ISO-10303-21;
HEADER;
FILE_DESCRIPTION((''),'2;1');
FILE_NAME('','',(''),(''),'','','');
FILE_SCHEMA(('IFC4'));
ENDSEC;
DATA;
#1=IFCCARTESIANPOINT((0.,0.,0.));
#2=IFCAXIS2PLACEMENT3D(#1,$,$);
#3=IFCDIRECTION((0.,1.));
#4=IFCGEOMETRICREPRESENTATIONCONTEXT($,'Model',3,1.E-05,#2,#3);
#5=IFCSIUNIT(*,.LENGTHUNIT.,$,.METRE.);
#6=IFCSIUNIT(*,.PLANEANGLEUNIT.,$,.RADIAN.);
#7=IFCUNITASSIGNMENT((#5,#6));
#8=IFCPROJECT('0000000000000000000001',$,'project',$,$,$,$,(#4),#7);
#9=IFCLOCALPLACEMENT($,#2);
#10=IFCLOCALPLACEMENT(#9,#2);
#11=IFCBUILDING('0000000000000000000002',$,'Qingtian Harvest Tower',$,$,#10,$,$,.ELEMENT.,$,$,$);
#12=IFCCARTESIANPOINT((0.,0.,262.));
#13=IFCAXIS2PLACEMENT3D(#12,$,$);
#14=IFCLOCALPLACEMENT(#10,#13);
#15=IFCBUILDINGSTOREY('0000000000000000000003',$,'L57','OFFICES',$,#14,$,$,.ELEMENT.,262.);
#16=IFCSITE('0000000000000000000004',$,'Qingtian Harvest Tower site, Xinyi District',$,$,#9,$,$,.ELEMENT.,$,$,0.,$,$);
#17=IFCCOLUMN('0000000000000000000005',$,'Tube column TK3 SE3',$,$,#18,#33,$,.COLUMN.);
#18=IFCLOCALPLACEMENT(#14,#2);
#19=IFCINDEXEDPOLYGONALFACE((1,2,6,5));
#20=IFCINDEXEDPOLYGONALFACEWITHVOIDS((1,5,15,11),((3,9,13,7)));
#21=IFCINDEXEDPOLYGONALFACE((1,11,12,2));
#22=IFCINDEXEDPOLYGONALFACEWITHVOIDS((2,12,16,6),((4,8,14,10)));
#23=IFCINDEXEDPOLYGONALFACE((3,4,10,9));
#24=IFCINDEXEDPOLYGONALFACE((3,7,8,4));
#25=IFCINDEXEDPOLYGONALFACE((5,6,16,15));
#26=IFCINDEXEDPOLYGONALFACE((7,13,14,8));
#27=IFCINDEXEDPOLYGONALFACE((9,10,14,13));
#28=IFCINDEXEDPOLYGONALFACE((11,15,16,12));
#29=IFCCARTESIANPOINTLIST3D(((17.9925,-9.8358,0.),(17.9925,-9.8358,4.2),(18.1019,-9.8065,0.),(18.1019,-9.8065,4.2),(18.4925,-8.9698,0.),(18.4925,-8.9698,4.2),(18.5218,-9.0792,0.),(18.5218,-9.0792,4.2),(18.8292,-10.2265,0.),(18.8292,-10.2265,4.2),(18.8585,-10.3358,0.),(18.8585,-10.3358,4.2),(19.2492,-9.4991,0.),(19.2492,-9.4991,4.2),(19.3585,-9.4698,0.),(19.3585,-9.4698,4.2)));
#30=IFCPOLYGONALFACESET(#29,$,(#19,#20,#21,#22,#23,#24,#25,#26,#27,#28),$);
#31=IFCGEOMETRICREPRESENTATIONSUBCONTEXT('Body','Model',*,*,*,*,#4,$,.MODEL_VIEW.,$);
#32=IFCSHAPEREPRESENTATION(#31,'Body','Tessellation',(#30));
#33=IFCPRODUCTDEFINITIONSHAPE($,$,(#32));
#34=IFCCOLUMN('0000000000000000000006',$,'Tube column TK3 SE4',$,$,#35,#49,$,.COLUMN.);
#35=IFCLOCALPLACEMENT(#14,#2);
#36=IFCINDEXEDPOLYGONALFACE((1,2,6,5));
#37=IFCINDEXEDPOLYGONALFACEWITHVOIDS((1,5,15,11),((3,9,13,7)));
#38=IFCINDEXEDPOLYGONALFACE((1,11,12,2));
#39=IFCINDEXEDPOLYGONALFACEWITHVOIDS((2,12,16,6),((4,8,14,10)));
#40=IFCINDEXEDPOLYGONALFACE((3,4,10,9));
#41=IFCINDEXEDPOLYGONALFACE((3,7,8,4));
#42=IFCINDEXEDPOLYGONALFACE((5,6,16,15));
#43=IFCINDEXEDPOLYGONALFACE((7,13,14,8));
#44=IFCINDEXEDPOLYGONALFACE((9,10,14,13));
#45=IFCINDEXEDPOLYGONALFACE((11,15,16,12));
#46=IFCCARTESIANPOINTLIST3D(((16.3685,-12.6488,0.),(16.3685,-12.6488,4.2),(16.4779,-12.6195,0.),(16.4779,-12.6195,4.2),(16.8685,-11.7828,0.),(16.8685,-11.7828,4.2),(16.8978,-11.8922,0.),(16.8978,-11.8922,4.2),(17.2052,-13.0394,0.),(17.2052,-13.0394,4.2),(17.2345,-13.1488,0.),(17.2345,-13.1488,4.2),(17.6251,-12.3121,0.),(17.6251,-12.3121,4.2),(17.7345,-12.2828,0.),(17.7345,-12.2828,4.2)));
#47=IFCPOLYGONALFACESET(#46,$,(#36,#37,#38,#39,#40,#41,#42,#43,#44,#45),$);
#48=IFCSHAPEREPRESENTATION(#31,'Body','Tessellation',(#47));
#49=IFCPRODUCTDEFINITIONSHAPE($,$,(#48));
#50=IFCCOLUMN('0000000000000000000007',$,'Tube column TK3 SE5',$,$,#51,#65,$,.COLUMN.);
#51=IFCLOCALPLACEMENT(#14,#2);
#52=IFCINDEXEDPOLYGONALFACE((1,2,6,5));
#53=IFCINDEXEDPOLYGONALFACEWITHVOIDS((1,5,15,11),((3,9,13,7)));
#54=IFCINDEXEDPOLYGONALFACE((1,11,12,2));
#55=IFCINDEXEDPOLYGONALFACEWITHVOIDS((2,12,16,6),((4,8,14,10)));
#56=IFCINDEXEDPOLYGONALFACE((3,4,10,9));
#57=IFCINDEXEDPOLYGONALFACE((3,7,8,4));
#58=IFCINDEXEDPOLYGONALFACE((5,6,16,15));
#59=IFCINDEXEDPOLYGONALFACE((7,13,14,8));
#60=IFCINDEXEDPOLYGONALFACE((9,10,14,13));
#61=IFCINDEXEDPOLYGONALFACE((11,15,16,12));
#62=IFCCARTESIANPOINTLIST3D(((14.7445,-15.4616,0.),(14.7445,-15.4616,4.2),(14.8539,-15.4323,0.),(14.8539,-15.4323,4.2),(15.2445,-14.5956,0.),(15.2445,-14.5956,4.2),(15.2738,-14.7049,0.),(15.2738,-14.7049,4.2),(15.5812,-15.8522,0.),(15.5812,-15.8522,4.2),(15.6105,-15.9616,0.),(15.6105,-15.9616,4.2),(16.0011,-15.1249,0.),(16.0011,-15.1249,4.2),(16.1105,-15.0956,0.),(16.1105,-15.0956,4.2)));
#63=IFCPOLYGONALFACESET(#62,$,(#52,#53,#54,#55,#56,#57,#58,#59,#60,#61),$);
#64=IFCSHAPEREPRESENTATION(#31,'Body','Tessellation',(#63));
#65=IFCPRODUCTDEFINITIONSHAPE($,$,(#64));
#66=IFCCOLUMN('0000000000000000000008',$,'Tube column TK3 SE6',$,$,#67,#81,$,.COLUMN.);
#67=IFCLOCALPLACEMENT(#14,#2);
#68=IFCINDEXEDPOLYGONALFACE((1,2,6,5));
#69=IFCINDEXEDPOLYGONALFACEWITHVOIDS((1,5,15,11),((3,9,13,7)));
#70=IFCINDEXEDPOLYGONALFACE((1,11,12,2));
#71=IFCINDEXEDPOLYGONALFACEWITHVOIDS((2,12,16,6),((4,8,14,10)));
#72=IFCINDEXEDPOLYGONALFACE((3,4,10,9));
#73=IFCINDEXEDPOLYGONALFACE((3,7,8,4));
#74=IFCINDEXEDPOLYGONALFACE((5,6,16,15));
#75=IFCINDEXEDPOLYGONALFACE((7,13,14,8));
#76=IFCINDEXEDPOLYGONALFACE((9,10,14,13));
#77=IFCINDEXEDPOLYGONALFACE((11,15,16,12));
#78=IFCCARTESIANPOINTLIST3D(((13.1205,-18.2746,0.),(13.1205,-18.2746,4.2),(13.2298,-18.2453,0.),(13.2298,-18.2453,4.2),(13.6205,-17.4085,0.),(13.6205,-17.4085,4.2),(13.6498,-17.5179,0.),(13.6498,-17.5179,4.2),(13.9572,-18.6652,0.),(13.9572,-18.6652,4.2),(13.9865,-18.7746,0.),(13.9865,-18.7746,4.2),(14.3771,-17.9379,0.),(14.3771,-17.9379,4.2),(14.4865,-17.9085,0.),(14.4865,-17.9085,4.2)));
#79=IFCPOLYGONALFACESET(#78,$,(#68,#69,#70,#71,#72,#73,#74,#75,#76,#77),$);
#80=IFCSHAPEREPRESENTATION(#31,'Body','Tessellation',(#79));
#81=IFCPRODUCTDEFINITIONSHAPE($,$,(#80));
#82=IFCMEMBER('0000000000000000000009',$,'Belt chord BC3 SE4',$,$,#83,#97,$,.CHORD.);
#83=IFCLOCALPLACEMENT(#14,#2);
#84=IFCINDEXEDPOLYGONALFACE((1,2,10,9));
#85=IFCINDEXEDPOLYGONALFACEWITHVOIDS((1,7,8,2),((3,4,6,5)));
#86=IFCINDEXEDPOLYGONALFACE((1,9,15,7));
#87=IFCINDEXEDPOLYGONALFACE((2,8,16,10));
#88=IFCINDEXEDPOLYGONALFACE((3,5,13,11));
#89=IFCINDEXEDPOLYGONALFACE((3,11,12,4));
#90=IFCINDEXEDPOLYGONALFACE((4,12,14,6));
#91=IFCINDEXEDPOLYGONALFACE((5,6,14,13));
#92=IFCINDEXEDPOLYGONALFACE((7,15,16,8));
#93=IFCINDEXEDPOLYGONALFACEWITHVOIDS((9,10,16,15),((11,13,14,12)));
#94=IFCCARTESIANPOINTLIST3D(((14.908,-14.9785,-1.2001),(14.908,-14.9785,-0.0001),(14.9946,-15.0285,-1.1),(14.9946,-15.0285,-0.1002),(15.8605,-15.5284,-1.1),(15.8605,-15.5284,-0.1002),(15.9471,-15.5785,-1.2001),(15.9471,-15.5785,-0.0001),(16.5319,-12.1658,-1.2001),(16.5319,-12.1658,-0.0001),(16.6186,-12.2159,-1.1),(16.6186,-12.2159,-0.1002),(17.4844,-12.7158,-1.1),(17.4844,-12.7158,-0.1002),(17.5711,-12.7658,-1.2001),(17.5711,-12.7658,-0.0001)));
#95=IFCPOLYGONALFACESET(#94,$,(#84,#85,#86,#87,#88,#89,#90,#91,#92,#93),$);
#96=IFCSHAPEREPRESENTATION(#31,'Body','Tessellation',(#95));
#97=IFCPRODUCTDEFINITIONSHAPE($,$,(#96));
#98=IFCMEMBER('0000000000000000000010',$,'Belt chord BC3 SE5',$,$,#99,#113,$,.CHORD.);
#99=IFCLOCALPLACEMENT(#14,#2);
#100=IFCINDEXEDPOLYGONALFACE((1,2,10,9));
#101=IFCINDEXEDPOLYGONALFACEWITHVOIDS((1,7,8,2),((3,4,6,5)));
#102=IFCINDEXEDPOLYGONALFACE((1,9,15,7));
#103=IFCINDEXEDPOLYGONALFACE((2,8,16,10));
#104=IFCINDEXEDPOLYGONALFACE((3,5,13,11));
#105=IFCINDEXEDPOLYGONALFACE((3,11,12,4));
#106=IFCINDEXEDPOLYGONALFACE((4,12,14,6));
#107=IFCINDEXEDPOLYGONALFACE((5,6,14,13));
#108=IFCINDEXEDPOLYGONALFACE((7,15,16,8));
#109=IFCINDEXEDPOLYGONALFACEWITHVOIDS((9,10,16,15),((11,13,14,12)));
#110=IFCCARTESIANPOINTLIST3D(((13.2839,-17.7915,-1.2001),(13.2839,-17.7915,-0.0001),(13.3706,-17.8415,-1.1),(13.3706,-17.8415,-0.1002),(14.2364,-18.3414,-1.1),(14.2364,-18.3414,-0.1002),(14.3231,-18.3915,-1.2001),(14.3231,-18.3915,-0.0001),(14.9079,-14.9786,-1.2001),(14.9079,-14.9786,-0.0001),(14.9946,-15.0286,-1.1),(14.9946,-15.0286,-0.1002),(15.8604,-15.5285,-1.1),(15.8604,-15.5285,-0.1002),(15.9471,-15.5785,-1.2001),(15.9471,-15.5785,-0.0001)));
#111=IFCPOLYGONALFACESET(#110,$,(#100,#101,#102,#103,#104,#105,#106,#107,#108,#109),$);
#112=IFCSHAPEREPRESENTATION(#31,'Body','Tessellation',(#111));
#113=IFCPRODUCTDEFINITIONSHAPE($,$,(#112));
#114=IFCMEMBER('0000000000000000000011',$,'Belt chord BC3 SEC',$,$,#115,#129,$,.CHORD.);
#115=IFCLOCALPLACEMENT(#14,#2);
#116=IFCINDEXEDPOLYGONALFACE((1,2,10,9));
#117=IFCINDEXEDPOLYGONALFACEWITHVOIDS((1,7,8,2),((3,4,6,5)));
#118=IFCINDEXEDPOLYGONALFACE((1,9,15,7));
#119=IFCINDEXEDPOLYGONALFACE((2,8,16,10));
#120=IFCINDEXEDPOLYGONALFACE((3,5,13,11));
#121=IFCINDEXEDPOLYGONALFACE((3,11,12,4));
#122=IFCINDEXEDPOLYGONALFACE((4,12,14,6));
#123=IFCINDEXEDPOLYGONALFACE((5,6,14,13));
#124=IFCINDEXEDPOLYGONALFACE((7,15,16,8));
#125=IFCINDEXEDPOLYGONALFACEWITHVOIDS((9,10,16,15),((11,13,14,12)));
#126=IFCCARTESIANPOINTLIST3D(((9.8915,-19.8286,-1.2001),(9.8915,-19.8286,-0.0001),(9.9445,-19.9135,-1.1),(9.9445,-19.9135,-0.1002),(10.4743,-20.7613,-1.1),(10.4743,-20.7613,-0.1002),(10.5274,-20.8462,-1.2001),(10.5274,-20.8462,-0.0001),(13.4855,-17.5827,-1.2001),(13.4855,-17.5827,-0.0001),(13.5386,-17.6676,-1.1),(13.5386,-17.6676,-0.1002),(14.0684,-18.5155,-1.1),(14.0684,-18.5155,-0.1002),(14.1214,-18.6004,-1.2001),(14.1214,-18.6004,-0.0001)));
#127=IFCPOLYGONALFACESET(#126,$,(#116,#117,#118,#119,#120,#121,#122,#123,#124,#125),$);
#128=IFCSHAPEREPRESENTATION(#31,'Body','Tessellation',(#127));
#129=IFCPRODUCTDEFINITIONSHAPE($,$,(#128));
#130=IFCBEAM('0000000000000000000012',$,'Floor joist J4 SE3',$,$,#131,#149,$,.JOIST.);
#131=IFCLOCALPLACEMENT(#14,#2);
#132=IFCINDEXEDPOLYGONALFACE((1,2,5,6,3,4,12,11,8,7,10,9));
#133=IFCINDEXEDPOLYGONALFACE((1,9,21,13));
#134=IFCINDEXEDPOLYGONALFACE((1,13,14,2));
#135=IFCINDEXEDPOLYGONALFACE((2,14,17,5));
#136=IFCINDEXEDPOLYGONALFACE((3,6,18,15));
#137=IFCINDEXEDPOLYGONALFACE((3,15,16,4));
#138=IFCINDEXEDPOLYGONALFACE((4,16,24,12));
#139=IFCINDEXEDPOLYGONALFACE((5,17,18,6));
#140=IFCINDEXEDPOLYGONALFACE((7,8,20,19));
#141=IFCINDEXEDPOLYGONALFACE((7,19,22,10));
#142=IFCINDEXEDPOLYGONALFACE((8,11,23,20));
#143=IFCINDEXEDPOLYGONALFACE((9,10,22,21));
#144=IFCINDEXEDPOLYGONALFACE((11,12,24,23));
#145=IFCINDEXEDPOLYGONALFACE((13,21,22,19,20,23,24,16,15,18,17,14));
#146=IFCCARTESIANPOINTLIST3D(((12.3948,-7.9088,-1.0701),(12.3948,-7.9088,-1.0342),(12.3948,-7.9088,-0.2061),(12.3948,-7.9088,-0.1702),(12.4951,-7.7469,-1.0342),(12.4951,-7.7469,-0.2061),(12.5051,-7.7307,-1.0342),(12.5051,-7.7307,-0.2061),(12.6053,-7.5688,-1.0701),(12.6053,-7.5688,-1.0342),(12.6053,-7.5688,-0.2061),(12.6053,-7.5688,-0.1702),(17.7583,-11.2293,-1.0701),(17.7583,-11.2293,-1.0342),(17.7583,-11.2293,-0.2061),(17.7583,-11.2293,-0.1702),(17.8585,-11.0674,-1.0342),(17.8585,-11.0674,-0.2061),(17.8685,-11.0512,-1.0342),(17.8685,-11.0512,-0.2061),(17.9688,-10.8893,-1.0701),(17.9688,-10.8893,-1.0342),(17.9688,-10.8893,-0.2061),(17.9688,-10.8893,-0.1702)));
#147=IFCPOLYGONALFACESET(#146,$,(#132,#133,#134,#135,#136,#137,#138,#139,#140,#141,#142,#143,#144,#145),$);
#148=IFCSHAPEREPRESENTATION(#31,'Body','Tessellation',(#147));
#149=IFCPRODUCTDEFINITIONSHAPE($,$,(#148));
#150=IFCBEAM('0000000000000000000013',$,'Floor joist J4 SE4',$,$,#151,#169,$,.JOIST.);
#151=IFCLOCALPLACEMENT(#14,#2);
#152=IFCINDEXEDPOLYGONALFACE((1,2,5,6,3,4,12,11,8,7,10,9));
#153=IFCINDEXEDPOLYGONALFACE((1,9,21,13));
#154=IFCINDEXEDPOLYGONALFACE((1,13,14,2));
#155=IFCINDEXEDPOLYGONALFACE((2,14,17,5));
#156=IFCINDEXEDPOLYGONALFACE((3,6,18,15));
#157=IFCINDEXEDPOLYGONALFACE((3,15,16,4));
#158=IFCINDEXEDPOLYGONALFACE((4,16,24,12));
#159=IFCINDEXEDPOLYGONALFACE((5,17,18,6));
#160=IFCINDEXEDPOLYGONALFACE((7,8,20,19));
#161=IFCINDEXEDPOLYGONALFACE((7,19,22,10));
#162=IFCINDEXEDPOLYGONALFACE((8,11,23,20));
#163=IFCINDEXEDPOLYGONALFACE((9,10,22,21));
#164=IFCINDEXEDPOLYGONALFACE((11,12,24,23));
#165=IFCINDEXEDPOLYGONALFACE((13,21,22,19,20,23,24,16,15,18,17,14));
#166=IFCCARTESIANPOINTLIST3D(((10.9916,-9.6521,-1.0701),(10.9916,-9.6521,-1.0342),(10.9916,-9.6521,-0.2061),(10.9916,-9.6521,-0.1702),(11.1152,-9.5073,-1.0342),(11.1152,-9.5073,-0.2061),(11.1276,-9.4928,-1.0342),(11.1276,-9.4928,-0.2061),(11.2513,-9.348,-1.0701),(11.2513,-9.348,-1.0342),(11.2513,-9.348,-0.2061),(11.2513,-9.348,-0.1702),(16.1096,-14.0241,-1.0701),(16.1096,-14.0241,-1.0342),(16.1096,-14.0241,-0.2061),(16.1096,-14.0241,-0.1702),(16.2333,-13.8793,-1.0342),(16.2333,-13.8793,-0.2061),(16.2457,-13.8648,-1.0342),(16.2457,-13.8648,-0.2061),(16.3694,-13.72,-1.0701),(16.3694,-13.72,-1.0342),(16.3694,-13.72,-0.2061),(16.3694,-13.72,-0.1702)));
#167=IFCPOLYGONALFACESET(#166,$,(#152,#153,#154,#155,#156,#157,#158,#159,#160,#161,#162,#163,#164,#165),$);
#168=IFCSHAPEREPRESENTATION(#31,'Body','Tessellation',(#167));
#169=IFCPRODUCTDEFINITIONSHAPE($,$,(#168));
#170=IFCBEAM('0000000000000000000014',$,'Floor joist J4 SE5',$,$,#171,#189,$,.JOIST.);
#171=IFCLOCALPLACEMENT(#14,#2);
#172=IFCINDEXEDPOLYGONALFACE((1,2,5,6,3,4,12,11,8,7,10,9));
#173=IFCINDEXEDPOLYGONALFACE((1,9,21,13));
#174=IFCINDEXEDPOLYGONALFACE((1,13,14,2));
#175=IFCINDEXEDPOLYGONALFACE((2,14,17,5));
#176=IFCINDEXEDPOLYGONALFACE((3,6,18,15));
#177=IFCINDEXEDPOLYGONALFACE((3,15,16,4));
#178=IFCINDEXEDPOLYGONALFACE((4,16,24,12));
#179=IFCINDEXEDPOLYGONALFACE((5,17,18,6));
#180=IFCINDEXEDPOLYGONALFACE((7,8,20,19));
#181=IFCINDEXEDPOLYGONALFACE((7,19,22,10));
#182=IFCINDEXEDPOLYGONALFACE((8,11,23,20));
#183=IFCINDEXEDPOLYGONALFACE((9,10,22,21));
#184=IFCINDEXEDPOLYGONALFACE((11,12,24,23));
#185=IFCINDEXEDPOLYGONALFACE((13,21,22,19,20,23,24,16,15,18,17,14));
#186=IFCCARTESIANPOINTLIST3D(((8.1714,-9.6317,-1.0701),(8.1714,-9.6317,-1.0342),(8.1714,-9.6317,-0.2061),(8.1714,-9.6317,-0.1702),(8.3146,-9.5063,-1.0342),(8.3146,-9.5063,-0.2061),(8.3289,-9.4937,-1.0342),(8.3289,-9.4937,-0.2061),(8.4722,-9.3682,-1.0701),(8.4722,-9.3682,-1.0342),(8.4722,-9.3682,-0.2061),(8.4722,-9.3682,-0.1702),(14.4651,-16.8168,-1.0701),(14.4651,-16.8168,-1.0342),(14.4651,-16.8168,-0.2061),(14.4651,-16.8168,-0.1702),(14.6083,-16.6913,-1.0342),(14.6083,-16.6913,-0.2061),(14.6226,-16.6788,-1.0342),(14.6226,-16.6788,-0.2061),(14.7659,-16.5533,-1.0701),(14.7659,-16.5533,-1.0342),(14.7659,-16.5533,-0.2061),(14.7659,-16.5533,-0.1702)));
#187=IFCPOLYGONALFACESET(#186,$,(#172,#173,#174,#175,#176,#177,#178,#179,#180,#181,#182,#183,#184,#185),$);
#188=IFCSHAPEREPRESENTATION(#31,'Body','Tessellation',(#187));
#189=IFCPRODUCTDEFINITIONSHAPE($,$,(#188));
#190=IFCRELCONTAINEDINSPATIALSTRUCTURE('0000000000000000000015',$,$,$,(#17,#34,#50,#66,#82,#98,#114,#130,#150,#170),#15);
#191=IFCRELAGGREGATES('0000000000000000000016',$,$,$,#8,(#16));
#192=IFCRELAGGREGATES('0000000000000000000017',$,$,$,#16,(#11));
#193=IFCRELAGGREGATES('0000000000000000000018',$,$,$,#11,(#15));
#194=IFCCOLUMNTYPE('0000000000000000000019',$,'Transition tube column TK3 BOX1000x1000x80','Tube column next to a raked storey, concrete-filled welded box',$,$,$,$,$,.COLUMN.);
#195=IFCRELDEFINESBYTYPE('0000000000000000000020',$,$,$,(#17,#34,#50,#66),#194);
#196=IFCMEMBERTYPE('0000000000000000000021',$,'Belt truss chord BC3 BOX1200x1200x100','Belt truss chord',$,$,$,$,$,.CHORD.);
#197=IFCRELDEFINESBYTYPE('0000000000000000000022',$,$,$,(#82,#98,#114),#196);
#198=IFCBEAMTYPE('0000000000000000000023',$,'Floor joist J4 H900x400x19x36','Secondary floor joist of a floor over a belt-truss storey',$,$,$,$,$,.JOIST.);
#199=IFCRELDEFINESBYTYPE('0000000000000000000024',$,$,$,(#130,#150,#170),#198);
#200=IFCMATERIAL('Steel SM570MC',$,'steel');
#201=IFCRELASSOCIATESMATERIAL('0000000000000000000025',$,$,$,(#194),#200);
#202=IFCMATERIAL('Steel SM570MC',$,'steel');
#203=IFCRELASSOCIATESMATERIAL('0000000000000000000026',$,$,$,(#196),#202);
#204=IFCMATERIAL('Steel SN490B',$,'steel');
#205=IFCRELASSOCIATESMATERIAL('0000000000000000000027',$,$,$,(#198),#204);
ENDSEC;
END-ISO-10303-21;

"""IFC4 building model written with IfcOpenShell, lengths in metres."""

from ifc_helpers import new_model, si_unit, direction, frame, origin, origin_2d, place, context, subcontext, project, spatial, hollow_rectangle, i_section, extrude, material, material_profile, profile_set, type_object, element, save


model = new_model("IFC4")

# Units and contexts
model_context = context("Model", 3, precision=1e-05, world=origin(), true_north=direction((0.0, 1.0)))
body_context = subcontext(model_context, "Body", "Model", "MODEL_VIEW")
ifc_project = project(units=[si_unit("LENGTHUNIT", "METRE"), si_unit("PLANEANGLEUNIT", "RADIAN")], contexts=[model_context])

# Site, building, storey
site_placement = place(None, origin())
site = spatial("IfcSite", under=ifc_project, at=site_placement, Name="Qingtian Harvest Tower site, Xinyi District", CompositionType="ELEMENT", RefElevation=0.0)
building_placement = place(site_placement, origin())
building = spatial("IfcBuilding", under=site, at=building_placement, Name="Qingtian Harvest Tower", CompositionType="ELEMENT")
storey_placement = place(building_placement, frame((0.0, 0.0, 262.0)))
storey = spatial("IfcBuildingStorey", under=building, at=storey_placement, Name="L57", Description="OFFICES", CompositionType="ELEMENT", Elevation=262.0)

# Columns
ifc_material_1 = material(Name="Steel SM570MC", Category="steel")
ifc_material_profile_1 = material_profile(ifc_material_1, hollow_rectangle(XDim=1.0, YDim=1.0, WallThickness=0.0801, at=origin_2d()), Name="BOX1000x1000x80")
ifc_profile_set_1 = profile_set([ifc_material_profile_1], Name="Steel SM570MC")
column_type = type_object("IfcColumnType", Name="Transition tube column TK3 BOX1000x1000x80", Description="Tube column next to a raked storey, concrete-filled welded box", PredefinedType="COLUMN", material=ifc_profile_set_1)
for number, where, z_axis, x_axis, name in (
    (1, (18.6755, -9.6528, 0.0), (0.0, 0.0, 1.0), (0.5, 0.866025, 0.0), "Tube column TK3 SE3"),
    (2, (17.0515, -12.4658, 0.0), (0.0, 0.0, 1.0), (0.5, 0.866025, 0.0), "Tube column TK3 SE4"),
    (3, (15.4275, -15.2786, 0.0), (0.0, 0.0, 1.0), (0.5, 0.866025, 0.0), "Tube column TK3 SE5"),
    (4, (13.8035, -18.0916, 0.0), (0.0, 0.0, 1.0), (0.5, 0.866025, 0.0), "Tube column TK3 SE6"),
):
    element("IfcColumn", number, at=place(storey_placement, frame(where, z_axis=z_axis, x_axis=x_axis)), inside=storey, type_object=column_type, Name=name, PredefinedType="COLUMN", context=body_context, shape_type="SweptSolid", body=[
        extrude(hollow_rectangle(XDim=1.0, YDim=1.0, WallThickness=0.0801, at=origin_2d()), origin(), (0.0, 0.0, 1.0), 4.2),
    ])

# Members
ifc_material_2 = material(Name="Steel SM570MC", Category="steel")
ifc_material_profile_2 = material_profile(ifc_material_2, hollow_rectangle(XDim=1.2, YDim=1.2, WallThickness=0.1001, at=origin_2d()), Name="BOX1200x1200x100")
ifc_profile_set_2 = profile_set([ifc_material_profile_2], Name="Steel SM570MC")
member_type_1 = type_object("IfcMemberType", Name="Belt truss chord BC3 BOX1200x1200x100", Description="Belt truss chord", PredefinedType="CHORD", material=ifc_profile_set_2)
member_1_placement = place(storey_placement, frame((17.0515, -12.4658, -0.6001), z_axis=(-0.50002, -0.866014, 0.0), x_axis=(0.866014, -0.50002, 0.0)))
element("IfcMember", 5, at=member_1_placement, inside=storey, type_object=member_type_1, Name="Belt chord BC3 SE4", PredefinedType="CHORD", context=body_context, shape_type="SweptSolid", body=[
    extrude(hollow_rectangle(XDim=1.2, YDim=1.2, WallThickness=0.1001, at=origin_2d()), origin(), (0.0, 0.0, 1.0), 3.2478),
])
member_2_placement = place(storey_placement, frame((15.4275, -15.2786, -0.6001), z_axis=(-0.499987, -0.866033, 0.0), x_axis=(0.866033, -0.499987, 0.0)))
element("IfcMember", 6, at=member_2_placement, inside=storey, type_object=member_type_1, Name="Belt chord BC3 SE5", PredefinedType="CHORD", context=body_context, shape_type="SweptSolid", body=[
    extrude(hollow_rectangle(XDim=1.2, YDim=1.2, WallThickness=0.1001, at=origin_2d()), origin(), (0.0, 0.0, 1.0), 3.248),
])
member_3_placement = place(storey_placement, frame((13.8035, -18.0916, -0.6001), z_axis=(-0.84804, -0.529932, 0.0), x_axis=(0.529932, -0.84804, 0.0)))
element("IfcMember", 7, at=member_3_placement, inside=storey, type_object=member_type_1, Name="Belt chord BC3 SEC", PredefinedType="CHORD", context=body_context, shape_type="SweptSolid", body=[
    extrude(hollow_rectangle(XDim=1.2, YDim=1.2, WallThickness=0.1001, at=origin_2d()), origin(), (0.0, 0.0, 1.0), 4.238),
])

# Beams
ifc_material_3 = material(Name="Steel SN490B", Category="steel")
ifc_material_profile_3 = material_profile(ifc_material_3, i_section(OverallWidth=0.3999, OverallDepth=0.8999, WebThickness=0.019, FlangeThickness=0.0359, at=origin_2d()), Name="H900x400x19x36")
ifc_profile_set_3 = profile_set([ifc_material_profile_3], Name="Steel SN490B")
beam_type_1 = type_object("IfcBeamType", Name="Floor joist J4 H900x400x19x36", Description="Secondary floor joist of a floor over a belt-truss storey", PredefinedType="JOIST", material=ifc_profile_set_3)
beam_1_placement = place(storey_placement, frame((17.8635, -11.0593, -0.6201), z_axis=(-0.850245, 0.526387, 0.0), x_axis=(-0.526387, -0.850245, 0.0)))
element("IfcBeam", 8, at=beam_1_placement, inside=storey, type_object=beam_type_1, Name="Floor joist J4 SE3", PredefinedType="JOIST", context=body_context, shape_type="SweptSolid", body=[
    extrude(i_section(OverallWidth=0.3999, OverallDepth=0.8999, WebThickness=0.019, FlangeThickness=0.0359, at=origin_2d()), origin(), (0.0, 0.0, 1.0), 6.3081),
])
beam_2_placement = place(storey_placement, frame((16.2395, -13.8721, -0.6201), z_axis=(-0.760351, 0.649512, 0.0), x_axis=(-0.649512, -0.760351, 0.0)))
element("IfcBeam", 9, at=beam_2_placement, inside=storey, type_object=beam_type_1, Name="Floor joist J4 SE4", PredefinedType="JOIST", context=body_context, shape_type="SweptSolid", body=[
    extrude(i_section(OverallWidth=0.3999, OverallDepth=0.8999, WebThickness=0.019, FlangeThickness=0.0359, at=origin_2d()), origin(), (0.0, 0.0, 1.0), 6.7312),
])
beam_3_placement = place(storey_placement, frame((14.6155, -16.6851, -0.6201), z_axis=(-0.658906, 0.752225, 0.0), x_axis=(-0.752225, -0.658906, 0.0)))
element("IfcBeam", 10, at=beam_3_placement, inside=storey, type_object=beam_type_1, Name="Floor joist J4 SE5", PredefinedType="JOIST", context=body_context, shape_type="SweptSolid", body=[
    extrude(i_section(OverallWidth=0.3999, OverallDepth=0.8999, WebThickness=0.019, FlangeThickness=0.0359, at=origin_2d()), origin(), (0.0, 0.0, 1.0), 9.5518),
])

save(model, "model.ifc")
